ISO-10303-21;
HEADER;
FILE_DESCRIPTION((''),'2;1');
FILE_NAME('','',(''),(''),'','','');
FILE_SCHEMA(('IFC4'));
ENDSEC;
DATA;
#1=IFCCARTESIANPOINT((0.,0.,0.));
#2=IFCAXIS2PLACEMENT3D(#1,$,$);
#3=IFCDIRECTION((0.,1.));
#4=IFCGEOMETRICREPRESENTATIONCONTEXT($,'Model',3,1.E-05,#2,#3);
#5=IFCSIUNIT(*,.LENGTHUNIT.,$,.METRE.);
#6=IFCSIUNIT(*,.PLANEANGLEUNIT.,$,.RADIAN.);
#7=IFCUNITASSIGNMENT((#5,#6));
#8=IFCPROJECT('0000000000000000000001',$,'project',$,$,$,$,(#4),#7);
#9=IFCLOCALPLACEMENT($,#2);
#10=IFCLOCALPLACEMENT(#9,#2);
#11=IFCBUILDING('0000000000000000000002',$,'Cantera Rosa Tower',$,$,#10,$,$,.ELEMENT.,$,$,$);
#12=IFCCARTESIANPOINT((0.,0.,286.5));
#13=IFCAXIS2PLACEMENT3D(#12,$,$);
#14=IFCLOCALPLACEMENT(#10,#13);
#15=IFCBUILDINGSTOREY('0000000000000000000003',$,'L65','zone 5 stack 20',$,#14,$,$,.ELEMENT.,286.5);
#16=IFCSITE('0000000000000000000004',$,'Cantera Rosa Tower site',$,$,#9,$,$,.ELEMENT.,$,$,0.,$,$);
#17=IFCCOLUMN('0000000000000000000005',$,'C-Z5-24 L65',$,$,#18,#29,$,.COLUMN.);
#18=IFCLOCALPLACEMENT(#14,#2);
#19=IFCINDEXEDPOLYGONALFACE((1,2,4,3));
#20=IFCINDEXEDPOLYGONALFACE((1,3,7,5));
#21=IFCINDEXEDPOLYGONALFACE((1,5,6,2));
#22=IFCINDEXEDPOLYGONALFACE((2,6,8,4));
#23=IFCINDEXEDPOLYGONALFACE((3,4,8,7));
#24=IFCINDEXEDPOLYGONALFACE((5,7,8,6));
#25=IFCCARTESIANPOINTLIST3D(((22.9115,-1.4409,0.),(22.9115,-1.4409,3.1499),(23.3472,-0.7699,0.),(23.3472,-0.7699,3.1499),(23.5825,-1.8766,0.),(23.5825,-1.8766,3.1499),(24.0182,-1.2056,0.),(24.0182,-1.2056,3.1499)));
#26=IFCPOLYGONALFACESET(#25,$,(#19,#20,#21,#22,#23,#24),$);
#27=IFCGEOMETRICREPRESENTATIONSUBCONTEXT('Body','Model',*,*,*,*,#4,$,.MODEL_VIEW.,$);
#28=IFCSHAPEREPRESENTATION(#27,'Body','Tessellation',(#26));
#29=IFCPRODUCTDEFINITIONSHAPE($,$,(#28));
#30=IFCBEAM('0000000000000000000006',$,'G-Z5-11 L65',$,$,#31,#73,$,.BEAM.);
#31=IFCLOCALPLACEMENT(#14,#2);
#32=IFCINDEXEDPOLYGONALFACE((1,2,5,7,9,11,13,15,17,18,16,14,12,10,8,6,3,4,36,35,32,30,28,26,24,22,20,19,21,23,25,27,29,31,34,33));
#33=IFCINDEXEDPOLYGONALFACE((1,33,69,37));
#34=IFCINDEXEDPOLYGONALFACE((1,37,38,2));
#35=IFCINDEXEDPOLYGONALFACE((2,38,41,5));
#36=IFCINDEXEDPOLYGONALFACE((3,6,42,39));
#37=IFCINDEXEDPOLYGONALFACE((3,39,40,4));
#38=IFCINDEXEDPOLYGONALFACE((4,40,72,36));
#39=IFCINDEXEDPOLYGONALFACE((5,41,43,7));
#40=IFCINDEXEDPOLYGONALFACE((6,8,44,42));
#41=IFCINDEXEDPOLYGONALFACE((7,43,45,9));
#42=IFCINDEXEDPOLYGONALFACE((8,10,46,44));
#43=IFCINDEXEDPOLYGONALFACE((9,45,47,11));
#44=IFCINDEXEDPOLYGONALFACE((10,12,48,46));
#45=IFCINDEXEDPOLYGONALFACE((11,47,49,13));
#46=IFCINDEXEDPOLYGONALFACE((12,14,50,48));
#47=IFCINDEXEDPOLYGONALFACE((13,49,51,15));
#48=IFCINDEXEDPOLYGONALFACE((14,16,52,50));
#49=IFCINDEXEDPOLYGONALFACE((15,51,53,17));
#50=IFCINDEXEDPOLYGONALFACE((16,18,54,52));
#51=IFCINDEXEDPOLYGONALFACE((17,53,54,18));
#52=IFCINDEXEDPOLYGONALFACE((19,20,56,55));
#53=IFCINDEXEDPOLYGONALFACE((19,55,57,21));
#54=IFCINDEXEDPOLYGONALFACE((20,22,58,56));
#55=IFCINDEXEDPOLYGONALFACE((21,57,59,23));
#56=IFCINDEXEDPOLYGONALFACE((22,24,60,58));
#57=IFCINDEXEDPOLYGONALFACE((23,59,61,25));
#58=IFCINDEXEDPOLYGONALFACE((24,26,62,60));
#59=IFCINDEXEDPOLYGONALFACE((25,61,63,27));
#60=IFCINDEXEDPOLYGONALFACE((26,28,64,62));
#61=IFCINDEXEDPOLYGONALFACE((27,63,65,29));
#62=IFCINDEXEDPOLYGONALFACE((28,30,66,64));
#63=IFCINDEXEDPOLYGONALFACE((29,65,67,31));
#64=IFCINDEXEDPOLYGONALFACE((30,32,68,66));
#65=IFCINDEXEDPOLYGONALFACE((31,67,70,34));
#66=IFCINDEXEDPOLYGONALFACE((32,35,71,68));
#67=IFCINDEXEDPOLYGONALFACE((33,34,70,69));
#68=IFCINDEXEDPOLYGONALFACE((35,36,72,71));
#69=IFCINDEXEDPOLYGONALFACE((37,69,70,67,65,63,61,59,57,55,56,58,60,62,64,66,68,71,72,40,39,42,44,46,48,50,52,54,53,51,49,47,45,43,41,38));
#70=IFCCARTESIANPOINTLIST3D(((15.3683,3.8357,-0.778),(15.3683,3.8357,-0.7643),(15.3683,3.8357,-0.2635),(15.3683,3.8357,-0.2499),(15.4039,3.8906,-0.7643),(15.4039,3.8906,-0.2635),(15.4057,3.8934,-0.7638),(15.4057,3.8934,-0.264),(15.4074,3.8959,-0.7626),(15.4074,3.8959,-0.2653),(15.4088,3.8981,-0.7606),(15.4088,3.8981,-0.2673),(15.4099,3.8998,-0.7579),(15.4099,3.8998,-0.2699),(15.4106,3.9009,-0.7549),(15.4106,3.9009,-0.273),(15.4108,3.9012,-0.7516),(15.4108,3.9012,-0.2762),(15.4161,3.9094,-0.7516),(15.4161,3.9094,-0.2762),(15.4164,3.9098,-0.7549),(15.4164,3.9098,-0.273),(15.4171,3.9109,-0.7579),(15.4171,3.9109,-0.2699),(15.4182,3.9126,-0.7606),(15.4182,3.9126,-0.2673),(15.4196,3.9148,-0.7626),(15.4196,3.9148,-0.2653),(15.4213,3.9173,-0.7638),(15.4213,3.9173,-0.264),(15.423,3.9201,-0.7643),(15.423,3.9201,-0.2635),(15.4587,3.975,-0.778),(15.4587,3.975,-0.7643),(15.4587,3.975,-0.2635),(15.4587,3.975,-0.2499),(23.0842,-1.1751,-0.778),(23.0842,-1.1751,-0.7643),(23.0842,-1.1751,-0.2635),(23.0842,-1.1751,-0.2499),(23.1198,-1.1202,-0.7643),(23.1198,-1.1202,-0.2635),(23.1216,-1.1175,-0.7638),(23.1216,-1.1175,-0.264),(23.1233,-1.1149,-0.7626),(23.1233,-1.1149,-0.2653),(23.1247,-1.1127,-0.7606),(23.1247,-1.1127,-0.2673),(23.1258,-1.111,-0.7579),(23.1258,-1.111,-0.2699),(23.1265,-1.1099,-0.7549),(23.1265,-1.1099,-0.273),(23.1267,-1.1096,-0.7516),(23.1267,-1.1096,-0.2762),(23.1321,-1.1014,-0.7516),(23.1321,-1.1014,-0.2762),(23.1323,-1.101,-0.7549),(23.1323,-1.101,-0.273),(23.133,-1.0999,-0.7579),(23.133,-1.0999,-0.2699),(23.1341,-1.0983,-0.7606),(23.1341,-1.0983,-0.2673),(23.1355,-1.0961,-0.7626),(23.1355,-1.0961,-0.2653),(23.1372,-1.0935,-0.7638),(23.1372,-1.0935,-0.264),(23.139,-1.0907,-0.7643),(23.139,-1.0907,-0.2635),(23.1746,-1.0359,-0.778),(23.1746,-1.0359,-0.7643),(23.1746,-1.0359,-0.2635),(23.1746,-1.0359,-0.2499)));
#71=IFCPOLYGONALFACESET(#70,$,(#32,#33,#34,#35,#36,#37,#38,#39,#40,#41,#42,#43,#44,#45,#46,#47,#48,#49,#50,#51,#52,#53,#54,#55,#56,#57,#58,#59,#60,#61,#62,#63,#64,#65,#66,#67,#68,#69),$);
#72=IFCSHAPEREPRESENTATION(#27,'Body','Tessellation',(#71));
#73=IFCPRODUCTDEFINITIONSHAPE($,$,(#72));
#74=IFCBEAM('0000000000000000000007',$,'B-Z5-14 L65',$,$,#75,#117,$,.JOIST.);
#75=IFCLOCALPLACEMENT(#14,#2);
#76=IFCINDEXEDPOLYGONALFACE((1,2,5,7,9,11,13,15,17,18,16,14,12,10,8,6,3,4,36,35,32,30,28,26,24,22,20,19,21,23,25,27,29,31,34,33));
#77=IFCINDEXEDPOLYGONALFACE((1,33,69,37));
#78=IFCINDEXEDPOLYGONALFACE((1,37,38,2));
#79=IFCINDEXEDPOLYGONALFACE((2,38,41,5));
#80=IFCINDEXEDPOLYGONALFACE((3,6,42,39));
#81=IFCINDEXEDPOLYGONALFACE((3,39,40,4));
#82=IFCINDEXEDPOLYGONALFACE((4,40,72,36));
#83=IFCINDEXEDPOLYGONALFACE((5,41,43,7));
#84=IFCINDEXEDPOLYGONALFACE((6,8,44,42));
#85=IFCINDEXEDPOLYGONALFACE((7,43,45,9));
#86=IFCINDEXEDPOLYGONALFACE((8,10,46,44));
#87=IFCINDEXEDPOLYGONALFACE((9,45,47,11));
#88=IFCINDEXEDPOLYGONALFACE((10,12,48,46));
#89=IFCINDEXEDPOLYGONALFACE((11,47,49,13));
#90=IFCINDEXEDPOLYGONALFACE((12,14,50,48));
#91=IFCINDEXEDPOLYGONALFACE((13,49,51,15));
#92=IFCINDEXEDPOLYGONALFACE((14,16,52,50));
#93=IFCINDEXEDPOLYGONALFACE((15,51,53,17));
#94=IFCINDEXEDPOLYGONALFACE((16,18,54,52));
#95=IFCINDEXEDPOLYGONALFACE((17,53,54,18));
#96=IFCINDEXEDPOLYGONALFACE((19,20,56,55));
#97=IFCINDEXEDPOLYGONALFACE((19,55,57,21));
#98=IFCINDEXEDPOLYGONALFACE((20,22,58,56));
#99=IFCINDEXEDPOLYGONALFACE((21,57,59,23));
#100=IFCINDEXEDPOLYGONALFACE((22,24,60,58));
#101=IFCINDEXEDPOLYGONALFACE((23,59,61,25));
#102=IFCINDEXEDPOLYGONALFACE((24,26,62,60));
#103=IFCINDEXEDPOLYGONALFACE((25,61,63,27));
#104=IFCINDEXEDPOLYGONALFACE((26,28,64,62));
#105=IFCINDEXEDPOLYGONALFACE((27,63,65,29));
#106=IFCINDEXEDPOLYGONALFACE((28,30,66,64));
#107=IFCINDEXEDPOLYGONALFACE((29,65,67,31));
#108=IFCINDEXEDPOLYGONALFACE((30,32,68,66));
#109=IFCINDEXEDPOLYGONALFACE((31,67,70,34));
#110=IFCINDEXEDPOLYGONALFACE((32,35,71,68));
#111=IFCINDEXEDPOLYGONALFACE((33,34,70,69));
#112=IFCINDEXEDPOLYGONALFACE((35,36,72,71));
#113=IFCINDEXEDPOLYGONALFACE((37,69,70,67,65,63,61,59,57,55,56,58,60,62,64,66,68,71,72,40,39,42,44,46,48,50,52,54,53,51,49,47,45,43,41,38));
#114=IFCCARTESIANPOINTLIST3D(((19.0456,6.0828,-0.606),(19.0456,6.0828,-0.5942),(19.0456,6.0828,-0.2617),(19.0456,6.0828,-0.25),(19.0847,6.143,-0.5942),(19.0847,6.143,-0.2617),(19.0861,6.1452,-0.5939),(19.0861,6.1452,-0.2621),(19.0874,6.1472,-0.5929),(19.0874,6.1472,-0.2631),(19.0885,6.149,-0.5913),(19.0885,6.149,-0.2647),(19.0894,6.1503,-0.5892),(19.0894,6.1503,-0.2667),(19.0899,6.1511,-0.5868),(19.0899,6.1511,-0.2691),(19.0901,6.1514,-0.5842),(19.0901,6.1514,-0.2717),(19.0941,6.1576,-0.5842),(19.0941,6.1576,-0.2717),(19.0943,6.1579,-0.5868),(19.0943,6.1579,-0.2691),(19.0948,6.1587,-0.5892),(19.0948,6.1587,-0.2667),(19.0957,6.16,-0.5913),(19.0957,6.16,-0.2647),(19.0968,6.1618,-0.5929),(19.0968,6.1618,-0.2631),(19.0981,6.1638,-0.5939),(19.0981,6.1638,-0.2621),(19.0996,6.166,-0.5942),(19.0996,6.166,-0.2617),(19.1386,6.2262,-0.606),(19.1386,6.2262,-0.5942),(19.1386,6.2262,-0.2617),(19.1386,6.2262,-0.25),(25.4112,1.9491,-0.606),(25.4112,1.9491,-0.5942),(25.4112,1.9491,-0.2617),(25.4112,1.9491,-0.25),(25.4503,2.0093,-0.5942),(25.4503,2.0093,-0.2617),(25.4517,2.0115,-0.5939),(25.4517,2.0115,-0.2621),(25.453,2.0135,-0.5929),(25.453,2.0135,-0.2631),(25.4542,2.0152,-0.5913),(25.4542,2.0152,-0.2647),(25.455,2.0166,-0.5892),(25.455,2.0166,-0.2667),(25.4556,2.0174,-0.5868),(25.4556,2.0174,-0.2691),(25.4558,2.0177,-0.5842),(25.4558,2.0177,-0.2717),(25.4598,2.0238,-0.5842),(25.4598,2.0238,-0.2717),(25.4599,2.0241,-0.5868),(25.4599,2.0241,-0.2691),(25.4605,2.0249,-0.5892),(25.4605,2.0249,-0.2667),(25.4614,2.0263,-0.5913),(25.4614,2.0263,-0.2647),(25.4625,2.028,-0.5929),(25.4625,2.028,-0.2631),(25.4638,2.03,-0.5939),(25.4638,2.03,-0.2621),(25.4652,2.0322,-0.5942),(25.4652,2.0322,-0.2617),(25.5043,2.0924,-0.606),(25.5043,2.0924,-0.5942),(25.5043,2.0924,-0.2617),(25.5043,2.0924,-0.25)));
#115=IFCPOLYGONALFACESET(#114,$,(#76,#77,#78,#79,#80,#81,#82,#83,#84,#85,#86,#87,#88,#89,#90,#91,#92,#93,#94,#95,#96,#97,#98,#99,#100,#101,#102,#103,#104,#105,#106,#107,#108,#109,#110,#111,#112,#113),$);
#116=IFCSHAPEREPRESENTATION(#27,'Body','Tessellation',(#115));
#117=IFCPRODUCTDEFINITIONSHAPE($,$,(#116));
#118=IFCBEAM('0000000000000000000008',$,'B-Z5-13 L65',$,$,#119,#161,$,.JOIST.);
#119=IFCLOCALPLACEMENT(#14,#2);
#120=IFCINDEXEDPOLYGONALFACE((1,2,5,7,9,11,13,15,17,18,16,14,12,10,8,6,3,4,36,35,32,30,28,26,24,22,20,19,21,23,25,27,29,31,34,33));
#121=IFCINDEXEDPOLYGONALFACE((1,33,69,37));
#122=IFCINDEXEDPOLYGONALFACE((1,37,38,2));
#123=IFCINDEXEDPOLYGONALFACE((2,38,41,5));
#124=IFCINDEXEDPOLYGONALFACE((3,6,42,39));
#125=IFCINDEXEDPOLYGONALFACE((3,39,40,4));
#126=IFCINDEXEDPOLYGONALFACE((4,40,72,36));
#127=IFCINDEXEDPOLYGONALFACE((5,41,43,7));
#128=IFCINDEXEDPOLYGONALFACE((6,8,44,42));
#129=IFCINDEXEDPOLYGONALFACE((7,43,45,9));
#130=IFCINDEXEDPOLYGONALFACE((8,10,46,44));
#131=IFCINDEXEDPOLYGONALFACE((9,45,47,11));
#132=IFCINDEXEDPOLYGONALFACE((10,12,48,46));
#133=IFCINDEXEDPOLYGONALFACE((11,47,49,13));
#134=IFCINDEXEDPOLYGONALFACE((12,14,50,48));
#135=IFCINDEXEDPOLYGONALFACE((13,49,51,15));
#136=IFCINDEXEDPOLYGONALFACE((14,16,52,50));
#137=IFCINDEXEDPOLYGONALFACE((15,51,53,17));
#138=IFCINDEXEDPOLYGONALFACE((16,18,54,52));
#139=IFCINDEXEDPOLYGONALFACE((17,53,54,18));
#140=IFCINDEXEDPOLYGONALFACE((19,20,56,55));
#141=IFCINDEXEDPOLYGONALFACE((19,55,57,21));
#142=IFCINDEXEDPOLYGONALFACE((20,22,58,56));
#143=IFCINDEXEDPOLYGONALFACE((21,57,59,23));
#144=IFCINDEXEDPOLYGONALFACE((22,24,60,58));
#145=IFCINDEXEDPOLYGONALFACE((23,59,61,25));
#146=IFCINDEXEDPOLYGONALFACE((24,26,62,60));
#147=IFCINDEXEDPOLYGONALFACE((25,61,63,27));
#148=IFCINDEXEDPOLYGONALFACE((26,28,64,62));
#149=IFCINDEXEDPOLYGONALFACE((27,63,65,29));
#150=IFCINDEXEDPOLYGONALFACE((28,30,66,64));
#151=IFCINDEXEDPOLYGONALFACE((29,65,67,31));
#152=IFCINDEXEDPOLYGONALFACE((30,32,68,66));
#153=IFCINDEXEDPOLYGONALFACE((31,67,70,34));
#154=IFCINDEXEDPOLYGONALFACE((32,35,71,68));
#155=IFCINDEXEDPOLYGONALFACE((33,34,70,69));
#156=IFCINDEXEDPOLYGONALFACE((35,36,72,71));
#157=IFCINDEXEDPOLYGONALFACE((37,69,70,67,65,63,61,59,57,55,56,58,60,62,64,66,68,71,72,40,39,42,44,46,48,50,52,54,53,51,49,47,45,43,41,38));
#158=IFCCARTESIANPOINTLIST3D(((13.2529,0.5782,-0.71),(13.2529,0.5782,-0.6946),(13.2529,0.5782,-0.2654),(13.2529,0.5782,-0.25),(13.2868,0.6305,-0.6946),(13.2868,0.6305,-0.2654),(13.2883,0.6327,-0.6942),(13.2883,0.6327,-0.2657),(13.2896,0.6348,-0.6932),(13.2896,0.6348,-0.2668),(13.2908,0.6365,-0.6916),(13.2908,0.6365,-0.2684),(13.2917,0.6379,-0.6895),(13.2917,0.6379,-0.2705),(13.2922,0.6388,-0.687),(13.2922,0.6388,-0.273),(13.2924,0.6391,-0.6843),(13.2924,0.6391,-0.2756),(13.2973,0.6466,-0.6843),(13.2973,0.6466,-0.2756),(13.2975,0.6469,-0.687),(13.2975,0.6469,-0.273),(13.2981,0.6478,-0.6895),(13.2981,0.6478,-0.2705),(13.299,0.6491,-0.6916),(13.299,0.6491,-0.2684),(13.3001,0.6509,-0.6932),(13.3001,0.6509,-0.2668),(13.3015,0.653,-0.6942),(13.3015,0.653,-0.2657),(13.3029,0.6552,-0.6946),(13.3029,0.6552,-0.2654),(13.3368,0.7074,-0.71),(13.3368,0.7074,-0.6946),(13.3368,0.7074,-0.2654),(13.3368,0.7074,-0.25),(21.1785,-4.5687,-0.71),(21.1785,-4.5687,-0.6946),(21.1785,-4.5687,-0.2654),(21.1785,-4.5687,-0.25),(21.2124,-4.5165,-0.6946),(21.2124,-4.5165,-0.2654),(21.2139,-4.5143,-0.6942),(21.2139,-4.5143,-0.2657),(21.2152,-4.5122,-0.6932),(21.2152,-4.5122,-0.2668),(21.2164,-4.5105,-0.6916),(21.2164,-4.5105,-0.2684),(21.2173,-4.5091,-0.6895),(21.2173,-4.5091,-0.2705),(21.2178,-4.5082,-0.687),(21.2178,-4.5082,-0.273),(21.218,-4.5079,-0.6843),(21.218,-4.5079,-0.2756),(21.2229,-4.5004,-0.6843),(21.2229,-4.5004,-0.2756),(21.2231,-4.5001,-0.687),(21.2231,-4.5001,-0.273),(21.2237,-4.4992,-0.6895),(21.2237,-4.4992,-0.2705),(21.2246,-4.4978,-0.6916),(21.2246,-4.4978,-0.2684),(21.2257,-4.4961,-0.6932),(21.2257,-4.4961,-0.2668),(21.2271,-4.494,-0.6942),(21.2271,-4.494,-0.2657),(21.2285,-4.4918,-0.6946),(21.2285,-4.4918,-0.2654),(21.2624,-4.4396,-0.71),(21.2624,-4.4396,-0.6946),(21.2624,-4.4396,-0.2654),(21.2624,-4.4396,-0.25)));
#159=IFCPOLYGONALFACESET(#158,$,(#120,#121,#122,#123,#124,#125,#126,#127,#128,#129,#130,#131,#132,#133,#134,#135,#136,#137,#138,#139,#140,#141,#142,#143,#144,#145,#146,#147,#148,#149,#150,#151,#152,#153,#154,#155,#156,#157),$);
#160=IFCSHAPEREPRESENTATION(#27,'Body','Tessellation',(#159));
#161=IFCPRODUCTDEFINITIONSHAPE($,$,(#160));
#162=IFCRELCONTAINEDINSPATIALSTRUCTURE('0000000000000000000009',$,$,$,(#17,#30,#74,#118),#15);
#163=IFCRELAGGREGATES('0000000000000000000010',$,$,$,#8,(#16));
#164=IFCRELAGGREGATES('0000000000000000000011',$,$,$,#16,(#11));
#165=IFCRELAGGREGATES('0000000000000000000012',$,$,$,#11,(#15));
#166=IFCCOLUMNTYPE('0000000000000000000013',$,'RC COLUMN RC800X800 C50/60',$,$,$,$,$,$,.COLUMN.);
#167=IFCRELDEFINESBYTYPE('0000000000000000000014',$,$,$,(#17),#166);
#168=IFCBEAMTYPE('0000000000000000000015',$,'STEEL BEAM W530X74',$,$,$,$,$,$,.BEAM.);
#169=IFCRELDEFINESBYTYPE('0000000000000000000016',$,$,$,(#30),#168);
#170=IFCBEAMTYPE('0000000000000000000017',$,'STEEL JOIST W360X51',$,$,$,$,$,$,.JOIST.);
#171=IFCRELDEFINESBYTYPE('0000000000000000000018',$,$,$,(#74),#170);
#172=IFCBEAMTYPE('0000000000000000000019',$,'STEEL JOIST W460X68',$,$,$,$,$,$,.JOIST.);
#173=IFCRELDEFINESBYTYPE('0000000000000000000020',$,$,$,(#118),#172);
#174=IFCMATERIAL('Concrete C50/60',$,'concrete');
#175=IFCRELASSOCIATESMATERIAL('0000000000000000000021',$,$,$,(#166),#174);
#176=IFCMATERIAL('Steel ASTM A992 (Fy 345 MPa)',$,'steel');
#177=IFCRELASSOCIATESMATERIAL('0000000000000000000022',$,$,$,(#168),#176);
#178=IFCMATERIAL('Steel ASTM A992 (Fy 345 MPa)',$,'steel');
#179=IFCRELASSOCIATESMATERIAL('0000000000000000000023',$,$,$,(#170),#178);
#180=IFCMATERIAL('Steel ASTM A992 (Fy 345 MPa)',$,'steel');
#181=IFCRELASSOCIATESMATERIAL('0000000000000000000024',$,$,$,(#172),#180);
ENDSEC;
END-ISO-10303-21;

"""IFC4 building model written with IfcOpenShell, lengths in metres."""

from ifc_helpers import new_model, si_unit, direction, frame, origin, origin_2d, place, context, subcontext, project, spatial, rectangle, i_section, extrude, material, material_profile, profile_set, type_object, element, save


model = new_model("IFC4")

# Units and contexts
model_context = context("Model", 3, precision=1e-05, world=origin(), true_north=direction((0.0, 1.0)))
body_context = subcontext(model_context, "Body", "Model", "MODEL_VIEW")
ifc_project = project(units=[si_unit("LENGTHUNIT", "METRE"), si_unit("PLANEANGLEUNIT", "RADIAN")], contexts=[model_context])

# Site, building, storey
site_placement = place(None, origin())
site = spatial("IfcSite", under=ifc_project, at=site_placement, Name="Cantera Rosa Tower site", CompositionType="ELEMENT", RefElevation=0.0)
building_placement = place(site_placement, origin())
building = spatial("IfcBuilding", under=site, at=building_placement, Name="Cantera Rosa Tower", CompositionType="ELEMENT")
storey_placement = place(building_placement, frame((0.0, 0.0, 286.5)))
storey = spatial("IfcBuildingStorey", under=building, at=storey_placement, Name="L65", Description="zone 5 stack 20", CompositionType="ELEMENT", Elevation=286.5)

# Column
ifc_material_1 = material(Name="Concrete C50/60", Category="concrete")
ifc_material_profile_1 = material_profile(ifc_material_1, rectangle(XDim=0.8, YDim=0.8, at=origin_2d()), Name="RC COLUMN RC800X800 C50/60")
ifc_profile_set_1 = profile_set([ifc_material_profile_1], Name="Concrete C50/60")
column_type = type_object("IfcColumnType", Name="RC COLUMN RC800X800 C50/60", PredefinedType="COLUMN", material=ifc_profile_set_1)
column_placement = place(storey_placement, frame((23.4648, -1.3232, 0.0), z_axis=(0.0, 0.0, 1.0), x_axis=(0.544639, 0.838671, 0.0)))
element("IfcColumn", 1, at=column_placement, inside=storey, type_object=column_type, Name="C-Z5-24 L65", PredefinedType="COLUMN", context=body_context, shape_type="SweptSolid", body=[
    extrude(rectangle(XDim=0.8, YDim=0.8, at=origin_2d()), origin(), (0.0, 0.0, 1.0), 3.1499),
])

# Beams
ifc_material_2 = material(Name="Steel ASTM A992 (Fy 345 MPa)", Category="steel")
ifc_material_profile_2 = material_profile(ifc_material_2, i_section(OverallWidth=0.166, OverallDepth=0.5281, WebThickness=0.0098, FlangeThickness=0.0137, FilletRadius=0.0127, at=origin_2d()), Name="W530X74")
ifc_profile_set_2 = profile_set([ifc_material_profile_2], Name="Steel ASTM A992 (Fy 345 MPa)")
beam_type_1 = type_object("IfcBeamType", Name="STEEL BEAM W530X74", PredefinedType="BEAM", material=ifc_profile_set_2)
beam_1_placement = place(storey_placement, frame((23.1294, -1.1055, -0.5139), z_axis=(-0.838669, 0.544641, 0.0), x_axis=(-0.544641, -0.838669, 0.0)))
element("IfcBeam", 2, at=beam_1_placement, inside=storey, type_object=beam_type_1, Name="G-Z5-11 L65", PredefinedType="BEAM", context=body_context, shape_type="SweptSolid", body=[
    extrude(i_section(OverallWidth=0.166, OverallDepth=0.5281, WebThickness=0.0098, FlangeThickness=0.0137, FilletRadius=0.0127, at=origin_2d()), origin(), (0.0, 0.0, 1.0), 9.2002),
])
ifc_material_3 = material(Name="Steel ASTM A992 (Fy 345 MPa)", Category="steel")
ifc_material_profile_3 = material_profile(ifc_material_3, i_section(OverallWidth=0.1709, OverallDepth=0.356, WebThickness=0.0073, FlangeThickness=0.0117, FilletRadius=0.01, at=origin_2d()), Name="W360X51")
ifc_profile_set_3 = profile_set([ifc_material_profile_3], Name="Steel ASTM A992 (Fy 345 MPa)")
beam_type_2 = type_object("IfcBeamType", Name="STEEL JOIST W360X51", PredefinedType="JOIST", material=ifc_profile_set_3)
beam_2_placement = place(storey_placement, frame((25.4578, 2.0208, -0.428), z_axis=(-0.83868, 0.544624, 0.0), x_axis=(-0.544624, -0.83868, 0.0)))
element("IfcBeam", 3, at=beam_2_placement, inside=storey, type_object=beam_type_2, Name="B-Z5-14 L65", PredefinedType="JOIST", context=body_context, shape_type="SweptSolid", body=[
    extrude(i_section(OverallWidth=0.1709, OverallDepth=0.356, WebThickness=0.0073, FlangeThickness=0.0117, FilletRadius=0.01, at=origin_2d()), origin(), (0.0, 0.0, 1.0), 7.5901),
])
ifc_material_4 = material(Name="Steel ASTM A992 (Fy 345 MPa)", Category="steel")
ifc_material_profile_4 = material_profile(ifc_material_4, i_section(OverallWidth=0.1541, OverallDepth=0.46, WebThickness=0.009, FlangeThickness=0.0154, FilletRadius=0.0103, at=origin_2d()), Name="W460X68")
ifc_profile_set_4 = profile_set([ifc_material_profile_4], Name="Steel ASTM A992 (Fy 345 MPa)")
beam_type_3 = type_object("IfcBeamType", Name="STEEL JOIST W460X68", PredefinedType="JOIST", material=ifc_profile_set_4)
beam_3_placement = place(storey_placement, frame((21.2205, -4.5042, -0.48), z_axis=(-0.838667, 0.544644, 0.0), x_axis=(-0.544644, -0.838667, 0.0)))
element("IfcBeam", 4, at=beam_3_placement, inside=storey, type_object=beam_type_3, Name="B-Z5-13 L65", PredefinedType="JOIST", context=body_context, shape_type="SweptSolid", body=[
    extrude(i_section(OverallWidth=0.1541, OverallDepth=0.46, WebThickness=0.009, FlangeThickness=0.0154, FilletRadius=0.0103, at=origin_2d()), origin(), (0.0, 0.0, 1.0), 9.4502),
])

save(model, "model.ifc")
